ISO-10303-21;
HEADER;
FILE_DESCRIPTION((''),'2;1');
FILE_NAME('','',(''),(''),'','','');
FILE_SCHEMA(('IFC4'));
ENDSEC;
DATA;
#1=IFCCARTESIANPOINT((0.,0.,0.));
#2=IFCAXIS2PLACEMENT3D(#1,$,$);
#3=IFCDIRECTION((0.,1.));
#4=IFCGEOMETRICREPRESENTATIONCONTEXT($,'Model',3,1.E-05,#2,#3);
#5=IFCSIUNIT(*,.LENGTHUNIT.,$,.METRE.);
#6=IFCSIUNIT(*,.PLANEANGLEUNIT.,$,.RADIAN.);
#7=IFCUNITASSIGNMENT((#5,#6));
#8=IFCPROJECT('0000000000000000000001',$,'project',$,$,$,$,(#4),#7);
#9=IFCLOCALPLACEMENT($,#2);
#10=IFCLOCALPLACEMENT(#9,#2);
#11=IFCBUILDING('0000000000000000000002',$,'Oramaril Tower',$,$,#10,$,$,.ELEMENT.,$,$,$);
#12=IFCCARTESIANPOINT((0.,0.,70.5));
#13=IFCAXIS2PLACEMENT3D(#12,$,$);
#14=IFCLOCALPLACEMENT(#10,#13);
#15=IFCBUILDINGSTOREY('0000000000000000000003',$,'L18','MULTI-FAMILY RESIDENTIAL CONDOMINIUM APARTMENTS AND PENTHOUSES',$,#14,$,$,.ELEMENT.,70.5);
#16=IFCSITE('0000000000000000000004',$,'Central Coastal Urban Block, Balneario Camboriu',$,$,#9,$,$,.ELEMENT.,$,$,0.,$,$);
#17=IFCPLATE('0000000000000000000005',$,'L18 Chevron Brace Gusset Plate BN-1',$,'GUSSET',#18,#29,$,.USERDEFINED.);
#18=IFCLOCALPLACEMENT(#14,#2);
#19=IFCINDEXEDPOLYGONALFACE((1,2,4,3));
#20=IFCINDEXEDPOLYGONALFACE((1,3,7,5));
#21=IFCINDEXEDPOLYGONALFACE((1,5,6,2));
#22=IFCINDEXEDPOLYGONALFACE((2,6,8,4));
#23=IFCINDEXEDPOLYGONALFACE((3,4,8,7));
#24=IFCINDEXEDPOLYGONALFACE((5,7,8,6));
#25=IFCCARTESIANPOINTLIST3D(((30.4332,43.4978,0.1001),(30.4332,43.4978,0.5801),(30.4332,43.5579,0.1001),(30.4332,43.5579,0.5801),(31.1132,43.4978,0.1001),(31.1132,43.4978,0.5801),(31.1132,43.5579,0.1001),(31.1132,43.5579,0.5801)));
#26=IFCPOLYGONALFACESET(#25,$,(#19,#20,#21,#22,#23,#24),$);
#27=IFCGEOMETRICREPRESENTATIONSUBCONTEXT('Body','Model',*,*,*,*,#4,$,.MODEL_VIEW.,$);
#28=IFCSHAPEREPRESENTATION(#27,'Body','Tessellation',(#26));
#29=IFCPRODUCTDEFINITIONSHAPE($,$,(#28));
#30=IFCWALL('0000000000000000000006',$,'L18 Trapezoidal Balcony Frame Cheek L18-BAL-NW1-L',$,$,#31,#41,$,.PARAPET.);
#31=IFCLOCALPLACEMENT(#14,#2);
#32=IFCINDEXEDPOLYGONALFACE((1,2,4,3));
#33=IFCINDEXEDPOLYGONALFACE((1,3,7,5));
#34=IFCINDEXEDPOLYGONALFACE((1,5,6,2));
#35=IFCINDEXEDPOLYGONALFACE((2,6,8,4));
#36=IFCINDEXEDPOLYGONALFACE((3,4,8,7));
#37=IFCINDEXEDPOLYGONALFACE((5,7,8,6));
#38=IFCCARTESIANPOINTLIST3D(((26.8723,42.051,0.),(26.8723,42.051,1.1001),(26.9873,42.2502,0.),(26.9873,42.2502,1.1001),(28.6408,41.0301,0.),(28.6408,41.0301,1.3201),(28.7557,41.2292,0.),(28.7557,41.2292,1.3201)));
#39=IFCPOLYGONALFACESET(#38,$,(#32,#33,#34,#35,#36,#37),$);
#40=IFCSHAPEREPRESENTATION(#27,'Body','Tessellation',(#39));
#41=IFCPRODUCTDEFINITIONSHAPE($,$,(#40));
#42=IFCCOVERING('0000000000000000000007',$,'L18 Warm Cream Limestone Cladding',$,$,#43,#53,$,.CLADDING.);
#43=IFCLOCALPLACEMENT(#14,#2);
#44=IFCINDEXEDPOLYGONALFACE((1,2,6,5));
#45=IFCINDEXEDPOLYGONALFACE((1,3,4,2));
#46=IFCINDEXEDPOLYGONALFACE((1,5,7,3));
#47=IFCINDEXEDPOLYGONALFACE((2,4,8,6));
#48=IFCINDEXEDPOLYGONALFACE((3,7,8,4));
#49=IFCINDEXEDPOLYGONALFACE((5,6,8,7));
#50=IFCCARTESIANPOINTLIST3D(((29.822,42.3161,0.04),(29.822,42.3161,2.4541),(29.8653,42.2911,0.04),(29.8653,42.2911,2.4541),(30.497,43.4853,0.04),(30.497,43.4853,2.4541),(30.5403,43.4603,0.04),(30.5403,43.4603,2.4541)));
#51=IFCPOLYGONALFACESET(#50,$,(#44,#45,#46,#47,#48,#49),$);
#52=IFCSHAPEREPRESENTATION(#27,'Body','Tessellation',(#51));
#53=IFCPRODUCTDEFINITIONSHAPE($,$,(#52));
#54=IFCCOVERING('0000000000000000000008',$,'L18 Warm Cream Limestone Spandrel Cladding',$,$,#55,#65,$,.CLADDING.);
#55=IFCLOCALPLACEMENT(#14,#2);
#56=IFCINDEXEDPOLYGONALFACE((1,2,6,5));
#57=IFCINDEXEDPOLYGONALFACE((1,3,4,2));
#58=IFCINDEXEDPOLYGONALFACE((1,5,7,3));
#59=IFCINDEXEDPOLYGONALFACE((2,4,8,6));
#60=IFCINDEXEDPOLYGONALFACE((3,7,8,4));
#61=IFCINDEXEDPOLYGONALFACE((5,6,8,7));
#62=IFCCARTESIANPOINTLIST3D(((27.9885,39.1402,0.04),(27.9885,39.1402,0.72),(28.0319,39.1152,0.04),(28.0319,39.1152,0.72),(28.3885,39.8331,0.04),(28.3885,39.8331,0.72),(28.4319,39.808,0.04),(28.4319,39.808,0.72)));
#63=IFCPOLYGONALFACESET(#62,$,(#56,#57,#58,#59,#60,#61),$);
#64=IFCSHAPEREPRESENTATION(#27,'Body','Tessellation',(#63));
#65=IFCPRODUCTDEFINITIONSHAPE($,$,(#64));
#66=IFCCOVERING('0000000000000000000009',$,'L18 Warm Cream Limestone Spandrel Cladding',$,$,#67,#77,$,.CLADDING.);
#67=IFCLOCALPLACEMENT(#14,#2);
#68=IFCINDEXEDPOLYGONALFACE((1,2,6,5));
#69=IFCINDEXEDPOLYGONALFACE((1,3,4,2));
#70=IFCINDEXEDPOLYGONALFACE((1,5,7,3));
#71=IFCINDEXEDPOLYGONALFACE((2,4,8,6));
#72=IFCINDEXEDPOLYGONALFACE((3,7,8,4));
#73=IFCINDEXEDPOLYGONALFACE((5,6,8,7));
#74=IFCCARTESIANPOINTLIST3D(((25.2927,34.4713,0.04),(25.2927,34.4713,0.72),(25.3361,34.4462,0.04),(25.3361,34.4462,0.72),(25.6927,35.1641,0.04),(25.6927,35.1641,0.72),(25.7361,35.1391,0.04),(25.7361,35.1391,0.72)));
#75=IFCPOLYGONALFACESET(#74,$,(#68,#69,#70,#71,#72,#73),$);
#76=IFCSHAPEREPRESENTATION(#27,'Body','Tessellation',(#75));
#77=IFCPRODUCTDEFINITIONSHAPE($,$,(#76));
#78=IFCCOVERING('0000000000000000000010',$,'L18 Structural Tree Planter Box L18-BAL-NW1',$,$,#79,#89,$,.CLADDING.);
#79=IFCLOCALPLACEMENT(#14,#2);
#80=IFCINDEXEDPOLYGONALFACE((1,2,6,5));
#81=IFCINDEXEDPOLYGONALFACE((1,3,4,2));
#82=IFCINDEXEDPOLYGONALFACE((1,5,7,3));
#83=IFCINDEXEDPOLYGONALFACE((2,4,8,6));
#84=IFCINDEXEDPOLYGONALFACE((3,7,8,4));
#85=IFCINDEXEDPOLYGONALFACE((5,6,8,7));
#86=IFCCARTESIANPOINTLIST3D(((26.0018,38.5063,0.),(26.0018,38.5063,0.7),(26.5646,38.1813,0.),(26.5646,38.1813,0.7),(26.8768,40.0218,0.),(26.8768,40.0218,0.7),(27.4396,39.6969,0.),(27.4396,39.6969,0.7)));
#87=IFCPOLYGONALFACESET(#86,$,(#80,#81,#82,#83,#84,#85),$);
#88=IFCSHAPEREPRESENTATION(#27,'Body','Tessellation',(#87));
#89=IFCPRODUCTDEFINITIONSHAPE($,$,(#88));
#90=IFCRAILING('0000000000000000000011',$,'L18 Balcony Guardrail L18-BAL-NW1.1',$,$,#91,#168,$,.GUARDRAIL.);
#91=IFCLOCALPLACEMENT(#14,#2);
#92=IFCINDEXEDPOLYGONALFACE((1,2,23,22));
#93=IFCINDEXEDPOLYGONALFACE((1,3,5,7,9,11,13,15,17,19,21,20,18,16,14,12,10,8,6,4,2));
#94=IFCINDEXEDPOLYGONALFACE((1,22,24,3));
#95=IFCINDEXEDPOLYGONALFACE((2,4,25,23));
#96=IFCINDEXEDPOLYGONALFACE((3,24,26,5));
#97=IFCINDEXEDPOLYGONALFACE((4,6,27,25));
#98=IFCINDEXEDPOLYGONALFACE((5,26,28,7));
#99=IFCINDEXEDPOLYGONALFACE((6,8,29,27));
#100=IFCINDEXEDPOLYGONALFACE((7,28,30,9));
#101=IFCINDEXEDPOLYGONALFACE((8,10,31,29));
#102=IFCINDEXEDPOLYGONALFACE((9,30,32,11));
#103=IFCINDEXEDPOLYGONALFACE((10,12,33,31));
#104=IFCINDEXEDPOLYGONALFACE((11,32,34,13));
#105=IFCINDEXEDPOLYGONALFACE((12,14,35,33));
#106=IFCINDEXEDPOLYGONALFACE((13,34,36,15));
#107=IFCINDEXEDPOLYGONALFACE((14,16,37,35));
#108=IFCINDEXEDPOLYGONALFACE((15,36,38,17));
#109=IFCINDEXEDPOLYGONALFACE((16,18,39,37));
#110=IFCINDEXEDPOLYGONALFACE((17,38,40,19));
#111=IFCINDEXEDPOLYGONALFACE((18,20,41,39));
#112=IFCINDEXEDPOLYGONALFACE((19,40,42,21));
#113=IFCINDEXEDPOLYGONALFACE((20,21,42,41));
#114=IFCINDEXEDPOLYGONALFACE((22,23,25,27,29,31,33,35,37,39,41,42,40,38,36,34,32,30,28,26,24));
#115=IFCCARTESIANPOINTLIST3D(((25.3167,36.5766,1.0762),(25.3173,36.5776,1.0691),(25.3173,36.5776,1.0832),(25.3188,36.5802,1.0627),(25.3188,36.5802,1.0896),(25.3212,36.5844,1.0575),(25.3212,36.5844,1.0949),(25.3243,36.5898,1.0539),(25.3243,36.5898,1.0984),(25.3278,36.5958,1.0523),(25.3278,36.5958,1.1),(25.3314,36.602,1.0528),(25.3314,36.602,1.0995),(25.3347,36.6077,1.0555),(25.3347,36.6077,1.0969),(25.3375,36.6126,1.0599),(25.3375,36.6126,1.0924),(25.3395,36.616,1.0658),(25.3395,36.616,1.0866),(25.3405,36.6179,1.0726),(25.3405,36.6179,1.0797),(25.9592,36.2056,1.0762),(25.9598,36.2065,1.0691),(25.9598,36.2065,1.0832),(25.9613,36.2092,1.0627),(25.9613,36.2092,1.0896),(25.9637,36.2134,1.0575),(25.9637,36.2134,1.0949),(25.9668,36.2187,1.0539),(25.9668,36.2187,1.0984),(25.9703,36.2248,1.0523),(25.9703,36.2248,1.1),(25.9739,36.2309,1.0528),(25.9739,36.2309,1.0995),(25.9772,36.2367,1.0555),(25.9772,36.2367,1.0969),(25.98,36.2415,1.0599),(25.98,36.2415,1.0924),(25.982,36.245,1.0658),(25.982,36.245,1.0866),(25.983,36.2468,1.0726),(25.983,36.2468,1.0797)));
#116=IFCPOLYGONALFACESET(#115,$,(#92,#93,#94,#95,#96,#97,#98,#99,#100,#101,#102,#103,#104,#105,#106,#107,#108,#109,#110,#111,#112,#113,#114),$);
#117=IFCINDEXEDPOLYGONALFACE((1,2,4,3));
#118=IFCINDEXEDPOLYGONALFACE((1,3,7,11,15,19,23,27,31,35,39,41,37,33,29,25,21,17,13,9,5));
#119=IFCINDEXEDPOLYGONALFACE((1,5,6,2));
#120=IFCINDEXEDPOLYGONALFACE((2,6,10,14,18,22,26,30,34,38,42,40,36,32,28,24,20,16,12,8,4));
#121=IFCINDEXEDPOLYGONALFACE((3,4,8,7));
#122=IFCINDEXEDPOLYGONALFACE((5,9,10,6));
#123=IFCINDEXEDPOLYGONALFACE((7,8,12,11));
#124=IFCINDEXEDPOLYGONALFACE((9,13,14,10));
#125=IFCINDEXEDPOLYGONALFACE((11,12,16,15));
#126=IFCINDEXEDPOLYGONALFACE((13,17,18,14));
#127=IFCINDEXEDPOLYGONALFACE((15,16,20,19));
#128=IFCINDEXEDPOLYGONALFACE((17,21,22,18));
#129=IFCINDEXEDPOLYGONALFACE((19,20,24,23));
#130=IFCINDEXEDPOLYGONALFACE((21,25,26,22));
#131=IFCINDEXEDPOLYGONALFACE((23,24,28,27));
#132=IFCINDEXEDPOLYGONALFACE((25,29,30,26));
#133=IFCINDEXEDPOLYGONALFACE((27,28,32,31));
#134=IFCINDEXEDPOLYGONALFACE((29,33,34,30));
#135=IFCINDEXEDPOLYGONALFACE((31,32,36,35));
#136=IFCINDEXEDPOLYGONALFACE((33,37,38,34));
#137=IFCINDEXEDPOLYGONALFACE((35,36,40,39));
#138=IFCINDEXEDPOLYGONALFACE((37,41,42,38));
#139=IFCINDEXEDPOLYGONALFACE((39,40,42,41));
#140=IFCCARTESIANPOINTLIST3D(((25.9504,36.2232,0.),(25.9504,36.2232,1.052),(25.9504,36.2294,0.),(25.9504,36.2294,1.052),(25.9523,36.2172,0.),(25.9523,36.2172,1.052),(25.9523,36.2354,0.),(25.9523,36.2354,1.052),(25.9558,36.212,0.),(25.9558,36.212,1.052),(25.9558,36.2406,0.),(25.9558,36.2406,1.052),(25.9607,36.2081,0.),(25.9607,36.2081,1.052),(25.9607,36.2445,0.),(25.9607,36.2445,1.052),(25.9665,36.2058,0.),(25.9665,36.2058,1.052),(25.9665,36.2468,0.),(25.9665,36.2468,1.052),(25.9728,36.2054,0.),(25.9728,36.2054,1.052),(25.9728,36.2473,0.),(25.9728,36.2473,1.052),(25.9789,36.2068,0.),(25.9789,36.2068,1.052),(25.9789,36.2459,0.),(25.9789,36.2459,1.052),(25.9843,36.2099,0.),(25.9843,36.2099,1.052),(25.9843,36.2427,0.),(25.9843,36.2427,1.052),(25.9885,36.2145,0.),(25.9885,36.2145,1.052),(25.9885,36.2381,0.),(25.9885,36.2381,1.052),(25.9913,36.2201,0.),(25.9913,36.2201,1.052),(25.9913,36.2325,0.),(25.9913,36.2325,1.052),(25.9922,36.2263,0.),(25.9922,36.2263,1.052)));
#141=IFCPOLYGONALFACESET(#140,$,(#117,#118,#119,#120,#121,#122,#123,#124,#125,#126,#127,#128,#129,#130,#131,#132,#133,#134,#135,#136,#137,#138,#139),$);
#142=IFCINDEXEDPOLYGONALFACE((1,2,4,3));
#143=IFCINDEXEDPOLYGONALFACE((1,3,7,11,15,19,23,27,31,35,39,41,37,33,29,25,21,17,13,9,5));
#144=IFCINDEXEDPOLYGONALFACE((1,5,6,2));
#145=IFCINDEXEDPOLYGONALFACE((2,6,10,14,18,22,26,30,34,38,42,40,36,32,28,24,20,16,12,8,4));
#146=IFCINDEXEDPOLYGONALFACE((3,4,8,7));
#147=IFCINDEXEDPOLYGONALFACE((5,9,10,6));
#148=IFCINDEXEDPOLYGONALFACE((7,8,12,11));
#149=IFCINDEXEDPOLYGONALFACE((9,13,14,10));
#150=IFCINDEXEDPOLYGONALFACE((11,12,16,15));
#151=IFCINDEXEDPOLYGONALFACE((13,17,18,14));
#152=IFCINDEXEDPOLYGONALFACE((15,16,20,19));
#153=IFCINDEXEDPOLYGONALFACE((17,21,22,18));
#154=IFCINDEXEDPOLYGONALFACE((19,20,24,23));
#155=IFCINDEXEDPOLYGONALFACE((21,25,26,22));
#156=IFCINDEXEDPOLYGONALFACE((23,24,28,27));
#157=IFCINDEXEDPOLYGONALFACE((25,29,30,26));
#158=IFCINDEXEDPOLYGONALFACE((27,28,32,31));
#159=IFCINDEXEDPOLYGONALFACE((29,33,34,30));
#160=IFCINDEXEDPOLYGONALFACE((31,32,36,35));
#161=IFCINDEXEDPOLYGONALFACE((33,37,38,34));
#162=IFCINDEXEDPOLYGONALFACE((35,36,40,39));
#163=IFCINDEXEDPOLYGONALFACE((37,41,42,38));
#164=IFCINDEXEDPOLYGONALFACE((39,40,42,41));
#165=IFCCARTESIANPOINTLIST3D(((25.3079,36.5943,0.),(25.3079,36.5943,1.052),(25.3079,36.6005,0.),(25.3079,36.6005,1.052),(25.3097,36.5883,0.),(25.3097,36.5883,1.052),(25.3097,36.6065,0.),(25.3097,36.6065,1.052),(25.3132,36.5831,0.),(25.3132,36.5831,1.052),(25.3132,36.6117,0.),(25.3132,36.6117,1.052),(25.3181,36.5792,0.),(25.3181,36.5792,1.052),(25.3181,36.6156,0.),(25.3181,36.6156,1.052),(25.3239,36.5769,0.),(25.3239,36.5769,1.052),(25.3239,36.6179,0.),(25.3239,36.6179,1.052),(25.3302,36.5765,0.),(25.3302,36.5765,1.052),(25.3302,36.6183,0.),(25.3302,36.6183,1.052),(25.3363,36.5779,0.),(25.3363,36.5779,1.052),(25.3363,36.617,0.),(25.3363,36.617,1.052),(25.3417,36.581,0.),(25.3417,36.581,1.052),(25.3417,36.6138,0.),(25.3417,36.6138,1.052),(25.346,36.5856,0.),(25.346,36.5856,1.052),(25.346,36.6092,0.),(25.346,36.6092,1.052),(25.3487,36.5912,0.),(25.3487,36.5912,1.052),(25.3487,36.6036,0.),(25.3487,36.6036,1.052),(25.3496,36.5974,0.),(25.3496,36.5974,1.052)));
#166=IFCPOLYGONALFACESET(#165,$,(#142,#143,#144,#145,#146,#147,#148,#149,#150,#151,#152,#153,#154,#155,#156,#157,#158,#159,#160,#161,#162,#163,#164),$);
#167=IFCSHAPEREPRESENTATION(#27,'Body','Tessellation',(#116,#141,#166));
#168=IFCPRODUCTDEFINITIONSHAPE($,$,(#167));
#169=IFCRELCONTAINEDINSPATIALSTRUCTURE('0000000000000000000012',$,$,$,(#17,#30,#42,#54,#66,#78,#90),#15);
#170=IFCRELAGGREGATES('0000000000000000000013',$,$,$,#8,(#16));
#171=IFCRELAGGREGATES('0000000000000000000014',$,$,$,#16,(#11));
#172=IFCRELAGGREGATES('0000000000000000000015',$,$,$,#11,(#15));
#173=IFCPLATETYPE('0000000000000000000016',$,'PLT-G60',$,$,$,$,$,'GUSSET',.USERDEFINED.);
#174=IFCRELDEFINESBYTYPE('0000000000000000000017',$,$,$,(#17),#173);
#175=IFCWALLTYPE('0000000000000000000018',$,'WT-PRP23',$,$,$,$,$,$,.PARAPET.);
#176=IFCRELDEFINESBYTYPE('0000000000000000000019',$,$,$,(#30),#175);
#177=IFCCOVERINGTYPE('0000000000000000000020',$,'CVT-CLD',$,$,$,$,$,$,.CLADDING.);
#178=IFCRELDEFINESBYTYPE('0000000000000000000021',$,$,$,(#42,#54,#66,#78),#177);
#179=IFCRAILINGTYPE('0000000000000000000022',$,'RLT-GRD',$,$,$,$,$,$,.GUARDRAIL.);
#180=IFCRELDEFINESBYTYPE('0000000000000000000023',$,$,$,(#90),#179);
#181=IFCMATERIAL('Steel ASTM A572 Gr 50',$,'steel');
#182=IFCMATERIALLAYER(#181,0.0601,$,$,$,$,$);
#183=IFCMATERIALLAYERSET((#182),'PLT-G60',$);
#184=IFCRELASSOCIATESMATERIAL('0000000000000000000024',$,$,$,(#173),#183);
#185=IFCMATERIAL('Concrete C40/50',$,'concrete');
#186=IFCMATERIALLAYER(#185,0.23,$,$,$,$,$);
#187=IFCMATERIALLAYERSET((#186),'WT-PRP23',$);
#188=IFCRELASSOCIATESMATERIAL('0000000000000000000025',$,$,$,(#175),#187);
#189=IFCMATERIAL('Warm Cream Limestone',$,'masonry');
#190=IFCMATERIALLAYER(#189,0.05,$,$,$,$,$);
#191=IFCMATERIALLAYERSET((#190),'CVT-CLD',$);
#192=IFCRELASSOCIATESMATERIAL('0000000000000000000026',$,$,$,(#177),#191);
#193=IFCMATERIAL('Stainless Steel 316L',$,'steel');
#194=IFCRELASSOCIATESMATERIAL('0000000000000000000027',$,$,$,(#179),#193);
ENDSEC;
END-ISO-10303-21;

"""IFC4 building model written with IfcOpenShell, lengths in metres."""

from ifc_helpers import new_model, si_unit, direction, frame, origin, origin_2d, place, context, subcontext, project, spatial, polyline, rectangle, circle, outline, extrude, material, layer, layer_set, type_object, element, save


model = new_model("IFC4")

# Units and contexts
model_context = context("Model", 3, precision=1e-05, world=origin(), true_north=direction((0.0, 1.0)))
body_context = subcontext(model_context, "Body", "Model", "MODEL_VIEW")
ifc_project = project(units=[si_unit("LENGTHUNIT", "METRE"), si_unit("PLANEANGLEUNIT", "RADIAN")], contexts=[model_context])

# Site, building, storey
site_placement = place(None, origin())
site = spatial("IfcSite", under=ifc_project, at=site_placement, Name="Central Coastal Urban Block, Balneario Camboriu", CompositionType="ELEMENT", RefElevation=0.0)
building_placement = place(site_placement, origin())
building = spatial("IfcBuilding", under=site, at=building_placement, Name="Oramaril Tower", CompositionType="ELEMENT")
storey_placement = place(building_placement, frame((0.0, 0.0, 70.5)))
storey = spatial("IfcBuildingStorey", under=building, at=storey_placement, Name="L18", Description="MULTI-FAMILY RESIDENTIAL CONDOMINIUM APARTMENTS AND PENTHOUSES", CompositionType="ELEMENT", Elevation=70.5)

# Plate
ifc_material_1 = material(Name="Steel ASTM A572 Gr 50", Category="steel")
ifc_layer_1 = layer(ifc_material_1, 0.0601)
ifc_layer_set_1 = layer_set([ifc_layer_1], Name="PLT-G60")
plate_type = type_object("IfcPlateType", Name="PLT-G60", ElementType="GUSSET", PredefinedType="USERDEFINED", material=ifc_layer_set_1)
plate_placement = place(storey_placement, frame((30.7732, 43.5278, 0.1001), z_axis=(0.0, 0.0, 1.0), x_axis=(-1.0, 0.0, 0.0)))
element("IfcPlate", 1, at=plate_placement, inside=storey, type_object=plate_type, Name="L18 Chevron Brace Gusset Plate BN-1", ObjectType="GUSSET", PredefinedType="USERDEFINED", context=body_context, shape_type="SweptSolid", body=[
    extrude(rectangle(XDim=0.6799, YDim=0.0601, at=origin_2d()), origin(), (0.0, 0.0, 1.0), 0.48),
])

# Wall
ifc_material_2 = material(Name="Concrete C40/50", Category="concrete")
ifc_layer_2 = layer(ifc_material_2, 0.23)
ifc_layer_set_2 = layer_set([ifc_layer_2], Name="WT-PRP23")
wall_type_1 = type_object("IfcWallType", Name="WT-PRP23", PredefinedType="PARAPET", material=ifc_layer_set_2)
wall_1_placement = place(storey_placement, frame((28.6982, 41.1296, 0.0), z_axis=(0.0, 0.0, 1.0), x_axis=(-0.866042, 0.499971, 0.0)))
element("IfcWall", 2, at=wall_1_placement, inside=storey, type_object=wall_type_1, Name="L18 Trapezoidal Balcony Frame Cheek L18-BAL-NW1-L", PredefinedType="PARAPET", context=body_context, shape_type="SweptSolid", body=[
    extrude(outline(polyline([(0.0, 0.0), (2.042, 0.0), (2.042, 1.1001), (0.0, 1.3201), (0.0, 0.0)])), frame((0.0, 0.115, 0.0), z_axis=(0.0, -1.0, 0.0), x_axis=(1.0, 0.0, 0.0)), (0.0, 0.0, 1.0), 0.23),
])

# Coverings
ifc_material_3 = material(Name="Warm Cream Limestone", Category="masonry")
ifc_layer_3 = layer(ifc_material_3, 0.05)
ifc_layer_set_3 = layer_set([ifc_layer_3], Name="CVT-CLD")
covering_type = type_object("IfcCoveringType", Name="CVT-CLD", PredefinedType="CLADDING", material=ifc_layer_set_3)
covering_1_placement = place(storey_placement, frame((30.1812, 42.8882, 0.04), z_axis=(0.0, 0.0, 1.0), x_axis=(-0.5, -0.866025, 0.0)))
element("IfcCovering", 3, at=covering_1_placement, inside=storey, type_object=covering_type, Name="L18 Warm Cream Limestone Cladding", PredefinedType="CLADDING", context=body_context, shape_type="SweptSolid", body=[
    extrude(rectangle(XDim=1.3501, YDim=0.05, at=origin_2d()), origin(), (0.0, 0.0, 1.0), 2.4141),
])
for number, where, z_axis, x_axis, name in (
    (4, (28.2102, 39.4741, 0.04), (0.0, 0.0, 1.0), (-0.5, -0.866025, 0.0), "L18 Warm Cream Limestone Spandrel Cladding"),
    (5, (25.5144, 34.8052, 0.04), (0.0, 0.0, 1.0), (-0.5, -0.866025, 0.0), "L18 Warm Cream Limestone Spandrel Cladding"),
):
    element("IfcCovering", number, at=place(storey_placement, frame(where, z_axis=z_axis, x_axis=x_axis)), inside=storey, type_object=covering_type, Name=name, PredefinedType="CLADDING", context=body_context, shape_type="SweptSolid", body=[
        extrude(rectangle(XDim=0.8, YDim=0.05, at=origin_2d()), origin(), (0.0, 0.0, 1.0), 0.6799),
    ])
covering_2_placement = place(storey_placement, frame((26.7207, 39.1016, 0.0), z_axis=(0.0, 0.0, 1.0), x_axis=(-0.5, -0.866025, 0.0)))
element("IfcCovering", 6, at=covering_2_placement, inside=storey, type_object=covering_type, Name="L18 Structural Tree Planter Box L18-BAL-NW1", PredefinedType="CLADDING", context=body_context, shape_type="SweptSolid", body=[
    extrude(rectangle(XDim=1.75, YDim=0.6499, at=origin_2d()), origin(), (0.0, 0.0, 1.0), 0.7),
])

# Railing
ifc_material_4 = material(Name="Stainless Steel 316L", Category="steel")
railing_type = type_object("IfcRailingType", Name="RLT-GRD", PredefinedType="GUARDRAIL", material=ifc_material_4)
railing_1_placement = place(storey_placement, frame((25.9712, 36.2263, 0.0)))
element("IfcRailing", 7, at=railing_1_placement, inside=storey, type_object=railing_type, Name="L18 Balcony Guardrail L18-BAL-NW1.1", PredefinedType="GUARDRAIL", context=body_context, shape_type="SweptSolid", body=[
    extrude(circle(Radius=0.0239, at=origin_2d()), frame((0.0, 0.0, 1.0762), z_axis=(-0.865966, 0.500102, 0.0), x_axis=(-0.500102, -0.865966, 0.0)), (0.0, 0.0, 1.0), 0.7419),
    extrude(circle(Radius=0.021, at=origin_2d()), origin(), (0.0, 0.0, 1.0), 1.052),
    extrude(circle(Radius=0.021, at=origin_2d()), frame((-0.6426, 0.3711, 0.0)), (0.0, 0.0, 1.0), 1.052),
])

save(model, "model.ifc")
